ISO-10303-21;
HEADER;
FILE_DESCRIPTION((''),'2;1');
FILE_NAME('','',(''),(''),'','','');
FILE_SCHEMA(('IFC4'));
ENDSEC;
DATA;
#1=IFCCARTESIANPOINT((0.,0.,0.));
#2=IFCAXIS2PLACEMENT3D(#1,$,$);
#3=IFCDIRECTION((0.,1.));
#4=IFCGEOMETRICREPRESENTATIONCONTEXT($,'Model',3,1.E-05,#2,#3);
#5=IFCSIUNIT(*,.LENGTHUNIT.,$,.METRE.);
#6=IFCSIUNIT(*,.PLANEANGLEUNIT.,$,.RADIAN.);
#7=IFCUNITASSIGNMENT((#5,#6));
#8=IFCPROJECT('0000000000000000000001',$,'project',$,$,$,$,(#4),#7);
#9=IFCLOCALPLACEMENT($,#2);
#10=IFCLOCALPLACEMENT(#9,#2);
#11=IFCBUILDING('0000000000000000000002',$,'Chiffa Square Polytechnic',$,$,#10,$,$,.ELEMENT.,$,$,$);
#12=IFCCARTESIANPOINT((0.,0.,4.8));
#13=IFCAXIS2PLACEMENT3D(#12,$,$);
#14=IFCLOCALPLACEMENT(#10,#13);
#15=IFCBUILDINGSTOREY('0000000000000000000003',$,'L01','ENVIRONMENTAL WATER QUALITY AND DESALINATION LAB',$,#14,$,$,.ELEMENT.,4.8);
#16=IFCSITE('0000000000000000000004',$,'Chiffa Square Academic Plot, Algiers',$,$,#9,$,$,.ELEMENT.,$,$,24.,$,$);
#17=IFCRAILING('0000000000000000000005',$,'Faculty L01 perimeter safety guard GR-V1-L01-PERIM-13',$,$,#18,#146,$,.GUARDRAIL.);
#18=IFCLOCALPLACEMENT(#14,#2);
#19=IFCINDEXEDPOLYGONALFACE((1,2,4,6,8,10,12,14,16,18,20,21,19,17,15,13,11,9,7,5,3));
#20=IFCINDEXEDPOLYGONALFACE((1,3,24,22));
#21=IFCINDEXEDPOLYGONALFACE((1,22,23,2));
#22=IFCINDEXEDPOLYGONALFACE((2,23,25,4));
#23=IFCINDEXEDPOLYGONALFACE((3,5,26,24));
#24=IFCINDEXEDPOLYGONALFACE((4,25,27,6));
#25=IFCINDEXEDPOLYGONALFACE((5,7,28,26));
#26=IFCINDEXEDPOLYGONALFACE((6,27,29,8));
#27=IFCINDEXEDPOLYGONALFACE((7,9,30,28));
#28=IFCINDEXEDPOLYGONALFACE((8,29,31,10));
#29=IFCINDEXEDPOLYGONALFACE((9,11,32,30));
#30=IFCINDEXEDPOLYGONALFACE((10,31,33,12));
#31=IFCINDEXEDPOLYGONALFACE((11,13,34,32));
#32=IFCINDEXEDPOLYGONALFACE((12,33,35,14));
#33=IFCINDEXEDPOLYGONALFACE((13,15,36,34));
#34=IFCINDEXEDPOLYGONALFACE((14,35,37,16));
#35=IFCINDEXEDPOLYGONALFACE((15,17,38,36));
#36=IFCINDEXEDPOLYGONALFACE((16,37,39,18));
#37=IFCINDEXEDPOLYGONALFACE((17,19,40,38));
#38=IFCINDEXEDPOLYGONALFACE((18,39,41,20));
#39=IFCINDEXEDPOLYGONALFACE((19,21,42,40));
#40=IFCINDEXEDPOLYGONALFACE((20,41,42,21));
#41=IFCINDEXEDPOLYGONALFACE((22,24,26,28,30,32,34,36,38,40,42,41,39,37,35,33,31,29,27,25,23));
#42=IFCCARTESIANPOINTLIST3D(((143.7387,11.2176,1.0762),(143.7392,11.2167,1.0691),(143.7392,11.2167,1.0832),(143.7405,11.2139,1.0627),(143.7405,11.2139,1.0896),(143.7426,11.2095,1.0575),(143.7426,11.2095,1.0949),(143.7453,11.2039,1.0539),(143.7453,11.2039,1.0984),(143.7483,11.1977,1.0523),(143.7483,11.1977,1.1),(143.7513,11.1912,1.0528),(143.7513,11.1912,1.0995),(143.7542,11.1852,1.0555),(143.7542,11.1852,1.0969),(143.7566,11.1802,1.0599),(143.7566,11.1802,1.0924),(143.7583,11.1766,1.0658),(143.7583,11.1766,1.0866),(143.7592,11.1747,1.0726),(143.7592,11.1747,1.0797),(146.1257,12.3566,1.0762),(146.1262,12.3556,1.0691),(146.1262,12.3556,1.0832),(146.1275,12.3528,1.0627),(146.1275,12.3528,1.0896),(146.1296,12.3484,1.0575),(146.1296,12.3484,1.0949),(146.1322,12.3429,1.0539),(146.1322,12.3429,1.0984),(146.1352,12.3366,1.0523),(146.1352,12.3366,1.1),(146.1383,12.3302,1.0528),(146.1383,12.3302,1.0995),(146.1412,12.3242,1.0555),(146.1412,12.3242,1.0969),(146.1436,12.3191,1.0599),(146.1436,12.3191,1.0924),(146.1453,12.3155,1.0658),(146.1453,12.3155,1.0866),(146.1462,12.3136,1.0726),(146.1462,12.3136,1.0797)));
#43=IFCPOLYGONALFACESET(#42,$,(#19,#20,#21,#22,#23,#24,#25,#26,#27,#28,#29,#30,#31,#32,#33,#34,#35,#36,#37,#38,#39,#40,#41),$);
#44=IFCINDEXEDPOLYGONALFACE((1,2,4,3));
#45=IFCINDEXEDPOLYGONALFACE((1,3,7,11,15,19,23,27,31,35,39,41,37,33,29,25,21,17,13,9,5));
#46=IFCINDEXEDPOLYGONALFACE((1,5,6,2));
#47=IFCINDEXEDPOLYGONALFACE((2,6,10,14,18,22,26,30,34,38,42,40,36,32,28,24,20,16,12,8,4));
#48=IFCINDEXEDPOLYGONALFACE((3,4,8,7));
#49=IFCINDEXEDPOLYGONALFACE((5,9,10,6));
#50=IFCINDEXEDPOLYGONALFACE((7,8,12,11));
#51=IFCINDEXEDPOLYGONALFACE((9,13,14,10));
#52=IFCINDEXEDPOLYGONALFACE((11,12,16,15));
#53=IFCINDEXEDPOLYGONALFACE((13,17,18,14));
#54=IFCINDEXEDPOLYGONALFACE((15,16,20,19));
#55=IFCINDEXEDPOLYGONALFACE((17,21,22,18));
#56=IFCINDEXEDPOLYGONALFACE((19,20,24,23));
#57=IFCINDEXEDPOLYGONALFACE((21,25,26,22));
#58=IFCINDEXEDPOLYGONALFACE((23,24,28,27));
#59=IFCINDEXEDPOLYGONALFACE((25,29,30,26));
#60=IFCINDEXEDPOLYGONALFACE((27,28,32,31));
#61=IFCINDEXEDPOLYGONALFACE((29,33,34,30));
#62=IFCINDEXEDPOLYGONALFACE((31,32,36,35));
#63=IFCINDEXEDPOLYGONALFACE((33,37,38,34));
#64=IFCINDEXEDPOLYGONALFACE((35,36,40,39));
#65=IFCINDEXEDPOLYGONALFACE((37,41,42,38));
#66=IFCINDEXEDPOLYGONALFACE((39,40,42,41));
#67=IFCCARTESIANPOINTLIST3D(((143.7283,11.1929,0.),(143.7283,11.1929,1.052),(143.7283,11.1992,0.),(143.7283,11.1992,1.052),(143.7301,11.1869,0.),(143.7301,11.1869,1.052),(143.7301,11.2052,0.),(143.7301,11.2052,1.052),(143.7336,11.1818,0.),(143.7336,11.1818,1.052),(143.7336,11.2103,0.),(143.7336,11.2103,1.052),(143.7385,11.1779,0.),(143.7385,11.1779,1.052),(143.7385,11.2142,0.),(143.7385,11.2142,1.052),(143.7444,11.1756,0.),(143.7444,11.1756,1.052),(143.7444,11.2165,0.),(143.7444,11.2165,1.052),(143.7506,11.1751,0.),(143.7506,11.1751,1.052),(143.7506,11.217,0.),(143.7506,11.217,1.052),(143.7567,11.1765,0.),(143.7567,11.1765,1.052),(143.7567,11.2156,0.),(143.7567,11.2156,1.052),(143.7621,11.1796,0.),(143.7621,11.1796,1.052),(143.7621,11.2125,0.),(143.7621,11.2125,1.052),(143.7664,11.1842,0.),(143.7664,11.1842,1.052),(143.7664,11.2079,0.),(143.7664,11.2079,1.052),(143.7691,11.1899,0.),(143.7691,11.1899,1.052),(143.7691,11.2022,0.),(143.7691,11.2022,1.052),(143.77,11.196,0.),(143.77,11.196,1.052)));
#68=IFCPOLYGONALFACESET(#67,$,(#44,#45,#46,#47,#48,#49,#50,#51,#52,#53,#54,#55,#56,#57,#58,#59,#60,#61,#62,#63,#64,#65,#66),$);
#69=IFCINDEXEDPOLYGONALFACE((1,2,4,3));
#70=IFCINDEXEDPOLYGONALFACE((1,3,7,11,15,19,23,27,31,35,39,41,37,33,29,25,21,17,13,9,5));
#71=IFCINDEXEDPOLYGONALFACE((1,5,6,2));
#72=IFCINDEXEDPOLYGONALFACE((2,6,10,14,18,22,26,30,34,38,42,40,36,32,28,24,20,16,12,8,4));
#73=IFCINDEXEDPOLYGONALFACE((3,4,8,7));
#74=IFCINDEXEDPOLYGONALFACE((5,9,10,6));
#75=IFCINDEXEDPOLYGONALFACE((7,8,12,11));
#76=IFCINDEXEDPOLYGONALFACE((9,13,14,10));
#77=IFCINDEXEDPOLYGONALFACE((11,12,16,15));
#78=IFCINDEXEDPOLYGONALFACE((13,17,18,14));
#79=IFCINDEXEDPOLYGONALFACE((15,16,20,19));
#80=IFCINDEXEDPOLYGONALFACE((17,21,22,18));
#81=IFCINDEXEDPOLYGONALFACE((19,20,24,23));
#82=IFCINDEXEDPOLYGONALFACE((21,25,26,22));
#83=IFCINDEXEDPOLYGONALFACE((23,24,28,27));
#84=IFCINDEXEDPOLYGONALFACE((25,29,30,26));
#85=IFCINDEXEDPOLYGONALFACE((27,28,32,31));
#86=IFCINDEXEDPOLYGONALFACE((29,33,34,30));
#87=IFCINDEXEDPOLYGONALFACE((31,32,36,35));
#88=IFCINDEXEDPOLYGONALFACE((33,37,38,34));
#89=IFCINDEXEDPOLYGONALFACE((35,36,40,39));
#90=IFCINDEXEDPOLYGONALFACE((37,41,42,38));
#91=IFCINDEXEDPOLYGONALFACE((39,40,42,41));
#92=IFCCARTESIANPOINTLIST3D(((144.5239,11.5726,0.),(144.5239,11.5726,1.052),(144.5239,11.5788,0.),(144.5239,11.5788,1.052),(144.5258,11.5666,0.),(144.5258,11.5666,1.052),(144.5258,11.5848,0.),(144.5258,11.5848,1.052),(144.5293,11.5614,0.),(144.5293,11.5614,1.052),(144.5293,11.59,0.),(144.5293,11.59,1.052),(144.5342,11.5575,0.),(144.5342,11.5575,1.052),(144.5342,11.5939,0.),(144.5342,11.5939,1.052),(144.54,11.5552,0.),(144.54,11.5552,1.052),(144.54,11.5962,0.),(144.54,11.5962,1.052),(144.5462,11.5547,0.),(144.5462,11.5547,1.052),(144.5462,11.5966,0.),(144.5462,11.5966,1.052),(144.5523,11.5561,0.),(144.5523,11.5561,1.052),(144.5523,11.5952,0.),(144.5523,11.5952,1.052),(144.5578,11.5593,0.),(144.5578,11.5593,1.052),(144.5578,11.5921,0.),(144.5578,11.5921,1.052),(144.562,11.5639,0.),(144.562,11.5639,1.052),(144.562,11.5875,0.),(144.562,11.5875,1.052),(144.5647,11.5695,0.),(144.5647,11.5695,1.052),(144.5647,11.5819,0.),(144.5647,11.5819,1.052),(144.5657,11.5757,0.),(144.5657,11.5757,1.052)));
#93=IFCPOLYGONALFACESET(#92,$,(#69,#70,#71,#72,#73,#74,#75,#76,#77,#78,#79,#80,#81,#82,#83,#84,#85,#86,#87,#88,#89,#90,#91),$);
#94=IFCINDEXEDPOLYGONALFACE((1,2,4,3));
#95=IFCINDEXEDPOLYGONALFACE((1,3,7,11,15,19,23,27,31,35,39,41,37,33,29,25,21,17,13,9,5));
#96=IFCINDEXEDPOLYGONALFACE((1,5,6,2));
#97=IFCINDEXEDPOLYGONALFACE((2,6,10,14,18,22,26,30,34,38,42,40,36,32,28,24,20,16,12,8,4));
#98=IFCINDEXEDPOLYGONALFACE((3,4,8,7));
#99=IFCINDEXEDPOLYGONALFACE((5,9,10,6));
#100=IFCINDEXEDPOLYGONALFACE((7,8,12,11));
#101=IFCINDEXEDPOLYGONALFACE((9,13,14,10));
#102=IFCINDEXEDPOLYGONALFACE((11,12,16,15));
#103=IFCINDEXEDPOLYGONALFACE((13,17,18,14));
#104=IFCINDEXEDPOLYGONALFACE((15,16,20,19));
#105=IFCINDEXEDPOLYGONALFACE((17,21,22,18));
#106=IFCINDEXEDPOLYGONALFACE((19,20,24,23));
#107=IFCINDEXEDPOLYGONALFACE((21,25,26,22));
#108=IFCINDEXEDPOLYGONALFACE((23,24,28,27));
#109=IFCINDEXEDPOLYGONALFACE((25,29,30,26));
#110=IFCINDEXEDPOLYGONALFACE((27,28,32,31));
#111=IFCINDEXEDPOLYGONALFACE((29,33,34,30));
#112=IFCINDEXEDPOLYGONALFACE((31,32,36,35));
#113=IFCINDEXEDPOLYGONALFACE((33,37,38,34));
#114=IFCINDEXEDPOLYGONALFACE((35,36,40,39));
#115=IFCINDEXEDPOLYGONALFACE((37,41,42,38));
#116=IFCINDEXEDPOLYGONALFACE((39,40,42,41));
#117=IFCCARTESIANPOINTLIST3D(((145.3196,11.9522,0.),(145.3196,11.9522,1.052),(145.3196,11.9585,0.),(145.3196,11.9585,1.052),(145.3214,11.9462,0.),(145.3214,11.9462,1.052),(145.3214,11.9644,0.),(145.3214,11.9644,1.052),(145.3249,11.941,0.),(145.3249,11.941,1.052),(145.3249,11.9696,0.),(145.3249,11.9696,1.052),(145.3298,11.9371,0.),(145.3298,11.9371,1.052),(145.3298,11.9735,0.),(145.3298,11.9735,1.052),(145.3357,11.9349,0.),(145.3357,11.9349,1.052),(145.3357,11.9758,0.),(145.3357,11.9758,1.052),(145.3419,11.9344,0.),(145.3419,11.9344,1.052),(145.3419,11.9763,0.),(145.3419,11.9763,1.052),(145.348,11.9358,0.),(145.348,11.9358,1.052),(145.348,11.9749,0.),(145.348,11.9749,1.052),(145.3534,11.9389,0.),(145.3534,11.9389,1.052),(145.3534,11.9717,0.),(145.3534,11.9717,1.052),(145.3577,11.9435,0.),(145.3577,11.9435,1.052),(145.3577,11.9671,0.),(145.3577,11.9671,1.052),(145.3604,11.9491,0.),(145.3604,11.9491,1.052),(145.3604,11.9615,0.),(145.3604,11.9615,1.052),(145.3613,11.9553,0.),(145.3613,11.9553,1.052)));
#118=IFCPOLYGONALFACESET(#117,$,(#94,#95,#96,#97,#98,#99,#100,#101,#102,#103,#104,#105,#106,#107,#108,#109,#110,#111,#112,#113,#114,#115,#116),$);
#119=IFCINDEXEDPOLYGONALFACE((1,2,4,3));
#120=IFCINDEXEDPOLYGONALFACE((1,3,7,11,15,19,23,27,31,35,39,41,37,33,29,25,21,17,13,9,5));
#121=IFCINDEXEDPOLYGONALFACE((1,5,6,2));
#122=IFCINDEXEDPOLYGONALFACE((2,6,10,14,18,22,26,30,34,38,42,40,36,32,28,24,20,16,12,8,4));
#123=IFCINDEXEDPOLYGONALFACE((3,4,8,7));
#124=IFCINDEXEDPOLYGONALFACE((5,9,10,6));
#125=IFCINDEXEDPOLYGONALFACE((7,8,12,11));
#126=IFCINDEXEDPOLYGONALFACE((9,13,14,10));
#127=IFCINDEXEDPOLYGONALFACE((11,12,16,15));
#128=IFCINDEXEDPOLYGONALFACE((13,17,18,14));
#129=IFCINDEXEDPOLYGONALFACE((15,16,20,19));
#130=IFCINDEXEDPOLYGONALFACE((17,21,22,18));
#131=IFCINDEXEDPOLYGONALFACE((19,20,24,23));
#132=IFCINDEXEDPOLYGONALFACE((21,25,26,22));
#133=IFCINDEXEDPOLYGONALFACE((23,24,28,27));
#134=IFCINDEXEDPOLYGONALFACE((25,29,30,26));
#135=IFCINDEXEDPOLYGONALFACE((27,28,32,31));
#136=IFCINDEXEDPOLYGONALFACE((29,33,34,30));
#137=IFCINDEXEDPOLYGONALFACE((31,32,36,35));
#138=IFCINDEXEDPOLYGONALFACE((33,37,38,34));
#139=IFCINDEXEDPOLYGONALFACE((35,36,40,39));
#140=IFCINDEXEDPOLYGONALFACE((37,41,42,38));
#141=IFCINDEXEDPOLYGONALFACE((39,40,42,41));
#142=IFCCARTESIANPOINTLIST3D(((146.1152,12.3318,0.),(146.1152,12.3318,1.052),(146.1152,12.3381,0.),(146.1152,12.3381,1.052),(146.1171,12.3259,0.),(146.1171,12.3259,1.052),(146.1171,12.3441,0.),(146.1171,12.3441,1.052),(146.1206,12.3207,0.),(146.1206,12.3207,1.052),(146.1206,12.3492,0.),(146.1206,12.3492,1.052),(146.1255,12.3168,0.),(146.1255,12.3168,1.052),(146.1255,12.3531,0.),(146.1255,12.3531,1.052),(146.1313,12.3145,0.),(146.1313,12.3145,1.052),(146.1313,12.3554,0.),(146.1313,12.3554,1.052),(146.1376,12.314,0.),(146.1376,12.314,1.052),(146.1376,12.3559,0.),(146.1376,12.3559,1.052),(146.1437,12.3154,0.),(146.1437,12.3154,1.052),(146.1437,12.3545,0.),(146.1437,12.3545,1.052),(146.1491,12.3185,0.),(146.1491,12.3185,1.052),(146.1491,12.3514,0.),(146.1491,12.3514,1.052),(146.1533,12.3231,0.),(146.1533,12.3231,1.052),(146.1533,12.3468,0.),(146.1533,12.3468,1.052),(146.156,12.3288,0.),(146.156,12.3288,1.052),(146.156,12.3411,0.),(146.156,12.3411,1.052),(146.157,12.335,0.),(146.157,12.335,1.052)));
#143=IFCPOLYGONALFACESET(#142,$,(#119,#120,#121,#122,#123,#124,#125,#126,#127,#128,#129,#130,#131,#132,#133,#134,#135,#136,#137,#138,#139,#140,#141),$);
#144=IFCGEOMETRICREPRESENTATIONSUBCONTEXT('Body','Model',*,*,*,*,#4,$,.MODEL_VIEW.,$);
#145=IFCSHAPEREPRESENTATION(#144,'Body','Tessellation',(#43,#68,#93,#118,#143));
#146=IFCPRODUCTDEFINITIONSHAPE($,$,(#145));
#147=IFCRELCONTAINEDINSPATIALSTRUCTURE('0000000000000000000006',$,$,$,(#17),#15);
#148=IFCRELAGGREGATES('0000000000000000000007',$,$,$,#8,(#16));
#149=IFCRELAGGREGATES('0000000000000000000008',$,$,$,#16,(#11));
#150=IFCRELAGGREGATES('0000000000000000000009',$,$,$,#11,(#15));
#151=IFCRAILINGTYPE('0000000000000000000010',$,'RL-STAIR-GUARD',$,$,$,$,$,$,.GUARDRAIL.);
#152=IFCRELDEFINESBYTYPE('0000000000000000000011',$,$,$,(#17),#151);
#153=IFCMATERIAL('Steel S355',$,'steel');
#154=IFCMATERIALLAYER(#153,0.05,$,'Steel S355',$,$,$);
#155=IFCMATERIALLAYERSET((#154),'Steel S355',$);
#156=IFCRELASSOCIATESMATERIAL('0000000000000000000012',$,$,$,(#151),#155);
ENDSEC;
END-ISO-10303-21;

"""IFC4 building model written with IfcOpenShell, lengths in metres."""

from ifc_helpers import new_model, si_unit, direction, frame, origin, origin_2d, place, context, subcontext, project, spatial, circle, extrude, material, layer, layer_set, type_object, element, save


model = new_model("IFC4")

# Units and contexts
model_context = context("Model", 3, precision=1e-05, world=origin(), true_north=direction((0.0, 1.0)))
body_context = subcontext(model_context, "Body", "Model", "MODEL_VIEW")
ifc_project = project(units=[si_unit("LENGTHUNIT", "METRE"), si_unit("PLANEANGLEUNIT", "RADIAN")], contexts=[model_context])

# Site, building, storey
site_placement = place(None, origin())
site = spatial("IfcSite", under=ifc_project, at=site_placement, Name="Chiffa Square Academic Plot, Algiers", CompositionType="ELEMENT", RefElevation=24.0)
building_placement = place(site_placement, origin())
building = spatial("IfcBuilding", under=site, at=building_placement, Name="Chiffa Square Polytechnic", CompositionType="ELEMENT")
storey_placement = place(building_placement, frame((0.0, 0.0, 4.8)))
storey = spatial("IfcBuildingStorey", under=building, at=storey_placement, Name="L01", Description="ENVIRONMENTAL WATER QUALITY AND DESALINATION LAB", CompositionType="ELEMENT", Elevation=4.8)

# Shared definitions
ifc_material_1 = material(Name="Steel S355", Category="steel")

# Railing
ifc_layer_1 = layer(ifc_material_1, 0.05, Name="Steel S355")
ifc_layer_set_1 = layer_set([ifc_layer_1], Name="Steel S355")
railing_type = type_object("IfcRailingType", Name="RL-STAIR-GUARD", PredefinedType="GUARDRAIL", material=ifc_layer_set_1)
railing_1_placement = place(storey_placement, frame((143.749, 11.196, 0.0)))
element("IfcRailing", 1, at=railing_1_placement, inside=storey, type_object=railing_type, Name="Faculty L01 perimeter safety guard GR-V1-L01-PERIM-13", PredefinedType="GUARDRAIL", context=body_context, shape_type="SweptSolid", body=[
    extrude(circle(Radius=0.0239, at=origin_2d()), frame((0.0, 0.0, 1.0762), z_axis=(0.902528, 0.430632, 0.0), x_axis=(-0.430632, 0.902528, 0.0)), (0.0, 0.0, 1.0), 2.6448),
    extrude(circle(Radius=0.021, at=origin_2d()), origin(), (0.0, 0.0, 1.0), 1.052),
    extrude(circle(Radius=0.021, at=origin_2d()), frame((0.7957, 0.3796, 0.0)), (0.0, 0.0, 1.0), 1.052),
    extrude(circle(Radius=0.021, at=origin_2d()), frame((1.5913, 0.7593, 0.0)), (0.0, 0.0, 1.0), 1.052),
    extrude(circle(Radius=0.021, at=origin_2d()), frame((2.387, 1.1389, 0.0)), (0.0, 0.0, 1.0), 1.052),
])

save(model, "model.ifc")
